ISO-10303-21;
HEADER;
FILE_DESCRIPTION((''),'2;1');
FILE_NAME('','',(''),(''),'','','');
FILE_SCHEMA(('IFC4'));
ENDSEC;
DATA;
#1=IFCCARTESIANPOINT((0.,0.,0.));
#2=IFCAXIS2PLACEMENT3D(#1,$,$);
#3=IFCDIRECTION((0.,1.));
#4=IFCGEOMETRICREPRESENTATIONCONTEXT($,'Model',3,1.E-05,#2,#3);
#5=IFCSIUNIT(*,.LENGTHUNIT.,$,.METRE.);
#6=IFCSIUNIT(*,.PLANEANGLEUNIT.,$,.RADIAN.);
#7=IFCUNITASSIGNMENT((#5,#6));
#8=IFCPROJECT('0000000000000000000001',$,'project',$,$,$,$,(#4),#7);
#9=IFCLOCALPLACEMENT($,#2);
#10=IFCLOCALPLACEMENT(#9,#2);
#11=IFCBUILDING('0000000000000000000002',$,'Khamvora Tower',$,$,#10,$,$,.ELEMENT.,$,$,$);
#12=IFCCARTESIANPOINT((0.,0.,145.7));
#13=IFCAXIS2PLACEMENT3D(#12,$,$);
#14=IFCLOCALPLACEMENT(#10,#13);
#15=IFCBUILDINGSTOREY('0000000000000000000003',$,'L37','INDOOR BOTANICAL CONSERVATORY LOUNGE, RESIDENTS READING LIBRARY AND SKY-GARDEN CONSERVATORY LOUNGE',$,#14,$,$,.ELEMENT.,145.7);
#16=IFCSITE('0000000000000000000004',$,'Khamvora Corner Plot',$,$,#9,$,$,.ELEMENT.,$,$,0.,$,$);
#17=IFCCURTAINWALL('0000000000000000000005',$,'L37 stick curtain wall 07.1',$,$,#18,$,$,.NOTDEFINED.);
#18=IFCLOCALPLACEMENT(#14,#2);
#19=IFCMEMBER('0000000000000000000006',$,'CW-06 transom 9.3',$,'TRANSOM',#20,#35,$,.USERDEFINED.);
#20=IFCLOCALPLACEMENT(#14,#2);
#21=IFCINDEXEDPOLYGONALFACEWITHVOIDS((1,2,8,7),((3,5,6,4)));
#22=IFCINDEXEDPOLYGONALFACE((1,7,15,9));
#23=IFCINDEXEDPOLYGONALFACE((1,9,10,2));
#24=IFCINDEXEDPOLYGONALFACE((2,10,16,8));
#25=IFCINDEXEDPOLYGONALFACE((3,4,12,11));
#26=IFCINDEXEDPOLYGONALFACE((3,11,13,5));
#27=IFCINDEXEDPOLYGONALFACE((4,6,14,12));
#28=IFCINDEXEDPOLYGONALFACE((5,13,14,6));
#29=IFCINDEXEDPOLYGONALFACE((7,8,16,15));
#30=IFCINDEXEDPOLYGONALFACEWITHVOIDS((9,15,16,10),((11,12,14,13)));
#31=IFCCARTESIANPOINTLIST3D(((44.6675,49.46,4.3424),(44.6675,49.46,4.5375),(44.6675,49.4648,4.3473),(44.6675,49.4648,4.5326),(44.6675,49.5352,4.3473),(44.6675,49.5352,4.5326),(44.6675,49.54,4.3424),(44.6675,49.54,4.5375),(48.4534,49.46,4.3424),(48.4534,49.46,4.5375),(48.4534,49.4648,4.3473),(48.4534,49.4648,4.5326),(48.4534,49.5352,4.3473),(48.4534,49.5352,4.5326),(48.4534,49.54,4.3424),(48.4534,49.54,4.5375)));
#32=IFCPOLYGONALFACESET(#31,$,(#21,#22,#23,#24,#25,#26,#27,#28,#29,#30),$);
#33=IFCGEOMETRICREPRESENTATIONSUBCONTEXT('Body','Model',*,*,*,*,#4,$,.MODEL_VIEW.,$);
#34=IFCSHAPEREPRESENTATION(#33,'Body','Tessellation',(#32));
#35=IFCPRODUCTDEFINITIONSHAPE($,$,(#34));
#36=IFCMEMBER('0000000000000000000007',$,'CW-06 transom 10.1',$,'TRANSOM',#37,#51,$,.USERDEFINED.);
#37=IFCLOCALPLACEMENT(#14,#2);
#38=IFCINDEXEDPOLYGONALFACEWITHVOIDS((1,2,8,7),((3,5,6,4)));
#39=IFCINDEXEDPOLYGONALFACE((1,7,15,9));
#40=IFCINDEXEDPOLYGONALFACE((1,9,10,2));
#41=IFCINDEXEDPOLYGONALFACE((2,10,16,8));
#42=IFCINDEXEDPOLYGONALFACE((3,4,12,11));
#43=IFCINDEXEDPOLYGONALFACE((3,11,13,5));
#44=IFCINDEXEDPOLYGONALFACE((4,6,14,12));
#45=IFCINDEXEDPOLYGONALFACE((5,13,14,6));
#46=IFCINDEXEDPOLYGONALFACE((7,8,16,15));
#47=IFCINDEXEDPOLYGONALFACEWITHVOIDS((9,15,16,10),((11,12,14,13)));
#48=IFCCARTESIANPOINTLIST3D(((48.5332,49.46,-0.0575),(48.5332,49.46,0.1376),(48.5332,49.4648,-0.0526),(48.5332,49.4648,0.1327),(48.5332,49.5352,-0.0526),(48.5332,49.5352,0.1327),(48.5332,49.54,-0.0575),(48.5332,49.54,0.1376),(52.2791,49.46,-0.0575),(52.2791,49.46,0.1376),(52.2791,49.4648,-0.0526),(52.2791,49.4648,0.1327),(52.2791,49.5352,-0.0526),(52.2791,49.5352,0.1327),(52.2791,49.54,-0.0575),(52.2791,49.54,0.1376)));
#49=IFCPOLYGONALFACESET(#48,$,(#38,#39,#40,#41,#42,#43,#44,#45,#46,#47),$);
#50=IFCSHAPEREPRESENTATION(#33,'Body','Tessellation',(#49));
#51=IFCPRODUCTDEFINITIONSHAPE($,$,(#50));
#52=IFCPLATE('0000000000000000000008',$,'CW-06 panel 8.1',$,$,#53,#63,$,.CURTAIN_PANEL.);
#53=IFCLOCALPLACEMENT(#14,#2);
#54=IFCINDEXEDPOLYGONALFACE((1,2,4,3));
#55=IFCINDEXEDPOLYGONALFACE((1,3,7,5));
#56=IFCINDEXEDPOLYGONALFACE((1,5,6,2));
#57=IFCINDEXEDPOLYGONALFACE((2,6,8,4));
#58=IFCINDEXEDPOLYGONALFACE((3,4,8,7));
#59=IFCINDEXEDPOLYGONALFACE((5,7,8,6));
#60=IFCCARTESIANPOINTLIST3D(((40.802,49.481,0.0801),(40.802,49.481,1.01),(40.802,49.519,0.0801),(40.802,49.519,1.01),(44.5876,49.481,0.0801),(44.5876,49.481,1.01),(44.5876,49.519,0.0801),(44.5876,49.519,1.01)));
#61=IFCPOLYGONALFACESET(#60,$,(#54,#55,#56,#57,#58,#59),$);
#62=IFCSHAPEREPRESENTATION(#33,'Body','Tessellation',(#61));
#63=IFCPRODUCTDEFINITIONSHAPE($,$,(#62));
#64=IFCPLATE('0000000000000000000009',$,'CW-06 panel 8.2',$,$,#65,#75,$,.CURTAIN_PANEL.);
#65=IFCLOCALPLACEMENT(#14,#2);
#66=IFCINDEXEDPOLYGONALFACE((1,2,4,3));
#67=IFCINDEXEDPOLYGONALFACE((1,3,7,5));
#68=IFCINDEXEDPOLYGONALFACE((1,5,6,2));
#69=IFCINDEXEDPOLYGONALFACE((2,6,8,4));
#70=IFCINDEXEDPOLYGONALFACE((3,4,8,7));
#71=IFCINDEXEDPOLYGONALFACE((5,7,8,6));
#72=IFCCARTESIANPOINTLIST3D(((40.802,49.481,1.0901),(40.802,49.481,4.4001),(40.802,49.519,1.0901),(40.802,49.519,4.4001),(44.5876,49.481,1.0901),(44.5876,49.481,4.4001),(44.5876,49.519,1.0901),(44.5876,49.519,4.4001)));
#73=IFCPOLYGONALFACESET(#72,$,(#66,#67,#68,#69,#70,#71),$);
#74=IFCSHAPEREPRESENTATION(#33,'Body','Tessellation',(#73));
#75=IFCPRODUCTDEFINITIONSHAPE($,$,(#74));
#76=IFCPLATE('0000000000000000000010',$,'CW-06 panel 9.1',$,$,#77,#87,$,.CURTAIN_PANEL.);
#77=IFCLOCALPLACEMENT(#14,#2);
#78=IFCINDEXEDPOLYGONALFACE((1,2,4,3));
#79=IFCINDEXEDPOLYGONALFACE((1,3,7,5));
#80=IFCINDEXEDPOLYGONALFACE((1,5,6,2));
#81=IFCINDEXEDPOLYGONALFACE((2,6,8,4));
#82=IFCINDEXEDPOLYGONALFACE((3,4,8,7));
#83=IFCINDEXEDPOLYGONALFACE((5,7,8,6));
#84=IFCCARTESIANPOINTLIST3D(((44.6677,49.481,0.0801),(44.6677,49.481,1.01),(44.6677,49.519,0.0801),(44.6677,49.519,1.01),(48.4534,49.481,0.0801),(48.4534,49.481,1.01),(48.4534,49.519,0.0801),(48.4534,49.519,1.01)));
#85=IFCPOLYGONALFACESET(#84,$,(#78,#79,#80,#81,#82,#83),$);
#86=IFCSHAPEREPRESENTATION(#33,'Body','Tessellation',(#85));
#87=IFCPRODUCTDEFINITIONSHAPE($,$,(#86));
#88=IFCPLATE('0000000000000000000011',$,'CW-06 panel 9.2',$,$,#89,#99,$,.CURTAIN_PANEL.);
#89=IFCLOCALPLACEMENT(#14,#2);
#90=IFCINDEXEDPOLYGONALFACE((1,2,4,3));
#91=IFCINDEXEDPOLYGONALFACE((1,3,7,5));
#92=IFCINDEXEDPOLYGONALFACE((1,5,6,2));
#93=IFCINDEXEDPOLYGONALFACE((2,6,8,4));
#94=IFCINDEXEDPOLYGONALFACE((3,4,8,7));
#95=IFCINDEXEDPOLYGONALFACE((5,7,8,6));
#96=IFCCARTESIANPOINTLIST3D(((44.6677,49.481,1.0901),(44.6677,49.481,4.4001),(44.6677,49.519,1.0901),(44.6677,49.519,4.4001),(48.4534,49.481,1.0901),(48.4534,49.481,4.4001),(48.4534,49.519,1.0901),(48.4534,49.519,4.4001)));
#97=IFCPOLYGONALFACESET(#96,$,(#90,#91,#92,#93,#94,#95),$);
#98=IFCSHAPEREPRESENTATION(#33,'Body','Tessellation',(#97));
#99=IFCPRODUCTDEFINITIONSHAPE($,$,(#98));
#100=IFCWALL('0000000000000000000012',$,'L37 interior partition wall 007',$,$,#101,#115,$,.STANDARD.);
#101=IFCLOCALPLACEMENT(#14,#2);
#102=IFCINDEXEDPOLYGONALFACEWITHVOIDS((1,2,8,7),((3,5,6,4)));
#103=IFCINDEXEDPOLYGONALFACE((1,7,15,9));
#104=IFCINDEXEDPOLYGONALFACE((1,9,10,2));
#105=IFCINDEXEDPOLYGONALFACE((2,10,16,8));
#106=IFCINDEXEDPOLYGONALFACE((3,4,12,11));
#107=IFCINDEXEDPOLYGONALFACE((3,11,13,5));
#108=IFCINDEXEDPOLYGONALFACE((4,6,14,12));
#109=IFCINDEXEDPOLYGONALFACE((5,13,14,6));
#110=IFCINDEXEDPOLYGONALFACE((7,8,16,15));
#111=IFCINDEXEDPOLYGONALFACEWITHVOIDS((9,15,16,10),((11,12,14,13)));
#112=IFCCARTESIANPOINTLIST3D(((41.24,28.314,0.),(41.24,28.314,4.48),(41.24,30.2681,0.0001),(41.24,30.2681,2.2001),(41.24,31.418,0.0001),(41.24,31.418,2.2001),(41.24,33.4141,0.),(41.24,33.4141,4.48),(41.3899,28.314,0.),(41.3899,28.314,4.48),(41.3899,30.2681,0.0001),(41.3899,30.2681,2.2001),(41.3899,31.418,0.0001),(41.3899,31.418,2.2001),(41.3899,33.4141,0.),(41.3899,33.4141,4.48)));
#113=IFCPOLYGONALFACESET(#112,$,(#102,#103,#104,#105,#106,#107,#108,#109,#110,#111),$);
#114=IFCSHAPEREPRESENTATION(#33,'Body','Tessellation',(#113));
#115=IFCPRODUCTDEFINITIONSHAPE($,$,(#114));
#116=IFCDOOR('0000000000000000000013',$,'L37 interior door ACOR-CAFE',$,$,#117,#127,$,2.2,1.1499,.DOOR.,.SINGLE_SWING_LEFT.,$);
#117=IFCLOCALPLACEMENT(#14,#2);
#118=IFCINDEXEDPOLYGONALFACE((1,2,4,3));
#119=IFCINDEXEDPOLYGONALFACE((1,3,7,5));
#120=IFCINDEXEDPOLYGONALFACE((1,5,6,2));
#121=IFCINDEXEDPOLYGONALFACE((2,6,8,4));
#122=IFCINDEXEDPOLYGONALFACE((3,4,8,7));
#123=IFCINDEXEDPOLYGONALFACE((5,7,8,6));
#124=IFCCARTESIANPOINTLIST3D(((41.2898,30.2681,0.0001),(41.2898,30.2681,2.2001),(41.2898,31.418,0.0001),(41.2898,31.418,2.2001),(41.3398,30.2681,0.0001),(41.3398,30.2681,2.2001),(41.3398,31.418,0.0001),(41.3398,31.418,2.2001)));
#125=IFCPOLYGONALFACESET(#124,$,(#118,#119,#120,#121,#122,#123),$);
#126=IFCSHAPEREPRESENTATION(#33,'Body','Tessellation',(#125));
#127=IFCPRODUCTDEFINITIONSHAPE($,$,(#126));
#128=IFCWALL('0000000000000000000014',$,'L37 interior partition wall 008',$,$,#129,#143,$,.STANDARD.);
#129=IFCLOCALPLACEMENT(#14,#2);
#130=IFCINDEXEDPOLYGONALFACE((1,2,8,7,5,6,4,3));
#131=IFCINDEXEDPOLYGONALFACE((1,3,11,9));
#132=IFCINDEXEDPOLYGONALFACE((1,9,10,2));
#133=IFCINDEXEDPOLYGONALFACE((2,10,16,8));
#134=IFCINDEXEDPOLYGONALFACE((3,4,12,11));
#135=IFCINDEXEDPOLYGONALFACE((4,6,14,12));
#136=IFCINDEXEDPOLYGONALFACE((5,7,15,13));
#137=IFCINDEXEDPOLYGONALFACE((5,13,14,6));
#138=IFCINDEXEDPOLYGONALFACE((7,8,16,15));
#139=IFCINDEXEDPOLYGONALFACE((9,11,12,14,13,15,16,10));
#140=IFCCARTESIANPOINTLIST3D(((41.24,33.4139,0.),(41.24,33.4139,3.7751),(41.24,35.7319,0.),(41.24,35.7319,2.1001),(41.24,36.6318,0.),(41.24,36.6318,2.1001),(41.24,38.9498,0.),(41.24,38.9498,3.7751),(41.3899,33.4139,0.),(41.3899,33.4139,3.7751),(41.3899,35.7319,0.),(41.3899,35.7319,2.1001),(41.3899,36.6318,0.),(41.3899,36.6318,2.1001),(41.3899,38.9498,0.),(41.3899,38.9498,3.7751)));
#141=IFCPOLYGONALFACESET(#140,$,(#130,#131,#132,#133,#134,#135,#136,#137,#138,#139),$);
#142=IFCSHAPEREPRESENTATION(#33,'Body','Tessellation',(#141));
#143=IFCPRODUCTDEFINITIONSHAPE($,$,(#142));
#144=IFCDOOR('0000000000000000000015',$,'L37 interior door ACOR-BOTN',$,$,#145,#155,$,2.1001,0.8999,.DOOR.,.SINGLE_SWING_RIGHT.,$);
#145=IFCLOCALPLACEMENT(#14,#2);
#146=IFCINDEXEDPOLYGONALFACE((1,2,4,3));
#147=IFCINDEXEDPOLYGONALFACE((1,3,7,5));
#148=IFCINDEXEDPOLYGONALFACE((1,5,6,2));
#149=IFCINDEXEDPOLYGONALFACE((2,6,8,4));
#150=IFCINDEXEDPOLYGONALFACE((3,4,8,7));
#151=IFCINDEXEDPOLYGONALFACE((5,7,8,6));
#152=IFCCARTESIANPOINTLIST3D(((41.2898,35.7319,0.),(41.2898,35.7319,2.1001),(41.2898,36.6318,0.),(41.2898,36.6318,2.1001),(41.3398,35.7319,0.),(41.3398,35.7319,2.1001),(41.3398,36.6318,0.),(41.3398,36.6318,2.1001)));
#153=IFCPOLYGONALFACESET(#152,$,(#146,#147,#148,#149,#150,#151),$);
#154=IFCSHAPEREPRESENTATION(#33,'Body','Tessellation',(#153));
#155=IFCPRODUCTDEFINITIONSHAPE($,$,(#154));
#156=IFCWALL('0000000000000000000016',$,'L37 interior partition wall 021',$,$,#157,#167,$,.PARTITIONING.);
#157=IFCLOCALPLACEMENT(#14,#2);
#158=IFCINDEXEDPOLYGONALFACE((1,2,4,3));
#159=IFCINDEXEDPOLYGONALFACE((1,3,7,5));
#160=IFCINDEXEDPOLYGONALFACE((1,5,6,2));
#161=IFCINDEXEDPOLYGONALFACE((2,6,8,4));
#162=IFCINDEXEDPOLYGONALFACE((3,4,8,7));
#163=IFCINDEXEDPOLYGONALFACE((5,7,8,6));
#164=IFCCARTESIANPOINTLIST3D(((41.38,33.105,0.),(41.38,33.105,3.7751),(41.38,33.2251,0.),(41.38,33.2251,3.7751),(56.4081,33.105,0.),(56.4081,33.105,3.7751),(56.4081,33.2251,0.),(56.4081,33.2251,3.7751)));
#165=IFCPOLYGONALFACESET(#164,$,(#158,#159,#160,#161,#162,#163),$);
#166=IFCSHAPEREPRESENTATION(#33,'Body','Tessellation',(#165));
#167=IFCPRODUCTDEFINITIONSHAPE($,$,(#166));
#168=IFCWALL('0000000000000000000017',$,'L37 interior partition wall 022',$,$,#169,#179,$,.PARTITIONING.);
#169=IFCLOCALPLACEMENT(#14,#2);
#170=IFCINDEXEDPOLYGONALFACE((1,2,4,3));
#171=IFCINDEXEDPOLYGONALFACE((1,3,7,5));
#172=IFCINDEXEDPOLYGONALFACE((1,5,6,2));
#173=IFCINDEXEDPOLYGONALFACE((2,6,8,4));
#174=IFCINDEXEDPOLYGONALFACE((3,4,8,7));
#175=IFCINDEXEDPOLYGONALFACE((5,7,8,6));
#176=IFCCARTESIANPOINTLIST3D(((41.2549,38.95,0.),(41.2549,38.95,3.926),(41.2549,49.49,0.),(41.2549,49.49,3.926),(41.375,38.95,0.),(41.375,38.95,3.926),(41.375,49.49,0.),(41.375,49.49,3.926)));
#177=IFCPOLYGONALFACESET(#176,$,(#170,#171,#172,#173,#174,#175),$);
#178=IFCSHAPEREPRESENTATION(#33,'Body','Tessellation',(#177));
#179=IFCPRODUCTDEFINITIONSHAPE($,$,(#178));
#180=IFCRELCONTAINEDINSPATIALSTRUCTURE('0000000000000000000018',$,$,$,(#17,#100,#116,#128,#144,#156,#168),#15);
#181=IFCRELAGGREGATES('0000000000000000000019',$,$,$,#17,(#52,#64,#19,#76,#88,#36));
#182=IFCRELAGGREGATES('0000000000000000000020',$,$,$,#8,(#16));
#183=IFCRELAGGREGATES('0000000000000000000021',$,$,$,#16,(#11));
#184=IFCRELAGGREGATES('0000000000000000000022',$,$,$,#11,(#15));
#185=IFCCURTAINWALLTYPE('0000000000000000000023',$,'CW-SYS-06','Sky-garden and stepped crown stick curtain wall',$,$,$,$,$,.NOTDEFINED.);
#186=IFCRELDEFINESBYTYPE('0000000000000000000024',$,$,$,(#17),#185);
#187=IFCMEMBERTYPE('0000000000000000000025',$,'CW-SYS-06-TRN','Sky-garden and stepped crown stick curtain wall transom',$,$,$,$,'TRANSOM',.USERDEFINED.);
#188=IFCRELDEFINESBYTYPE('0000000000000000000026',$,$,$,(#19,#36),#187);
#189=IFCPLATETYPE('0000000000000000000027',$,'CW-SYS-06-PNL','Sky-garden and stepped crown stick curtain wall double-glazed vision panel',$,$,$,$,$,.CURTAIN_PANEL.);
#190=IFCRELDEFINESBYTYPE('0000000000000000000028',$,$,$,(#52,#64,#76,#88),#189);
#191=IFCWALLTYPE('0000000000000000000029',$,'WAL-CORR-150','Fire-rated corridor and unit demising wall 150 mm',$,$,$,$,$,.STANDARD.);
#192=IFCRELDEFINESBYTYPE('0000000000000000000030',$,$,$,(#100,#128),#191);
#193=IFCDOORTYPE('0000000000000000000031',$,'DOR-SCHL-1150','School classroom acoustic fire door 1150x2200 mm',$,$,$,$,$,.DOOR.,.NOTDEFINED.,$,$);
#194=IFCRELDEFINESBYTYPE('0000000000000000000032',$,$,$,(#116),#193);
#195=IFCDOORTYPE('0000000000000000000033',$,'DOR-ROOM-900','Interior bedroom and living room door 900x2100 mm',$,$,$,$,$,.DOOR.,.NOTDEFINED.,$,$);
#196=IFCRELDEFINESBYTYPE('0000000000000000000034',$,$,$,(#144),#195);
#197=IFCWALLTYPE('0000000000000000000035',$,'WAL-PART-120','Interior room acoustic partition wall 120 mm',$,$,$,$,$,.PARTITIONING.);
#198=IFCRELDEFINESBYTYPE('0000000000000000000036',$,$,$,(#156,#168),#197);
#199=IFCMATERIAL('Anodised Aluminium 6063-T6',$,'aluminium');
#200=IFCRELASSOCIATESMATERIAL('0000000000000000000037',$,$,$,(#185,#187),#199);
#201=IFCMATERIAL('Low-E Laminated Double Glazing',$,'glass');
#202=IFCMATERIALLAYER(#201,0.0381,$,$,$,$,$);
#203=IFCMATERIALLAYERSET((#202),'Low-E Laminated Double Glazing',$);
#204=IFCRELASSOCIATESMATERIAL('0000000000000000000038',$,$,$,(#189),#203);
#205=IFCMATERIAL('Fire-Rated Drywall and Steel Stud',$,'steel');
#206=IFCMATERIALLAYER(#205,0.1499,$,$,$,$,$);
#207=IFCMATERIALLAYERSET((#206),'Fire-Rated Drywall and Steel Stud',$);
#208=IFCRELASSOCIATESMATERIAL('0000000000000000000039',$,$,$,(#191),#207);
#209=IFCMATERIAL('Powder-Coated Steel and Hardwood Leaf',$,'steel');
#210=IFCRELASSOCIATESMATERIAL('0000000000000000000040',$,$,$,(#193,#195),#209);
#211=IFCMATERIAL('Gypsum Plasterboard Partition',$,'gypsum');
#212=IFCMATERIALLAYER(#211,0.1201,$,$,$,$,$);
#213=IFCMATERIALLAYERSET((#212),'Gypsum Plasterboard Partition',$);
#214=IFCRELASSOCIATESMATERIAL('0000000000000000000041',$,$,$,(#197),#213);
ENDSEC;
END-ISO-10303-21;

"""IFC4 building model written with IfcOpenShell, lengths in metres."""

from ifc_helpers import new_model, si_unit, direction, frame, frame_2d, origin, origin_2d, place, context, subcontext, project, spatial, rectangle, hollow_rectangle, extrude, material, layer, layer_set, material_profile, profile_set, type_object, element, fill, aggregate, save


model = new_model("IFC4")

# Units and contexts
model_context = context("Model", 3, precision=1e-05, world=origin(), true_north=direction((0.0, 1.0)))
body_context = subcontext(model_context, "Body", "Model", "MODEL_VIEW")
ifc_project = project(units=[si_unit("LENGTHUNIT", "METRE"), si_unit("PLANEANGLEUNIT", "RADIAN")], contexts=[model_context])

# Site, building, storey
site_placement = place(None, origin())
site = spatial("IfcSite", under=ifc_project, at=site_placement, Name="Khamvora Corner Plot", CompositionType="ELEMENT", RefElevation=0.0)
building_placement = place(site_placement, origin())
building = spatial("IfcBuilding", under=site, at=building_placement, Name="Khamvora Tower", CompositionType="ELEMENT")
storey_placement = place(building_placement, frame((0.0, 0.0, 145.7)))
storey = spatial("IfcBuildingStorey", under=building, at=storey_placement, Name="L37", Description="INDOOR BOTANICAL CONSERVATORY LOUNGE, RESIDENTS READING LIBRARY AND SKY-GARDEN CONSERVATORY LOUNGE", CompositionType="ELEMENT", Elevation=145.7)

# Curtain wall, members, plates
ifc_material_1 = material(Name="Anodised Aluminium 6063-T6", Category="aluminium")
curtain_wall_type = type_object("IfcCurtainWallType", Name="CW-SYS-06", Description="Sky-garden and stepped crown stick curtain wall", PredefinedType="NOTDEFINED", material=ifc_material_1)
curtain_wall_placement = place(storey_placement, origin())
curtain_wall = element("IfcCurtainWall", 1, at=curtain_wall_placement, inside=storey, type_object=curtain_wall_type, Name="L37 stick curtain wall 07.1", PredefinedType="NOTDEFINED")
ifc_material_profile_1 = material_profile(ifc_material_1, hollow_rectangle(XDim=0.0801, YDim=0.1951, WallThickness=0.0049, at=origin_2d()), Name="TRN80x195x5")
ifc_profile_set_1 = profile_set([ifc_material_profile_1], Name="Anodised Aluminium 6063-T6")
member_type_1 = type_object("IfcMemberType", Name="CW-SYS-06-TRN", Description="Sky-garden and stepped crown stick curtain wall transom", ElementType="TRANSOM", PredefinedType="USERDEFINED", material=ifc_profile_set_1)
member_1_placement = place(storey_placement, frame((44.6675, 49.5, 4.4399), z_axis=(1.0, 0.0, 0.0), x_axis=(0.0, 1.0, 0.0)))
member_1 = element("IfcMember", 2, at=member_1_placement, type_object=member_type_1, Name="CW-06 transom 9.3", ObjectType="TRANSOM", PredefinedType="USERDEFINED", context=body_context, shape_type="SweptSolid", body=[
    extrude(hollow_rectangle(XDim=0.0801, YDim=0.1951, WallThickness=0.0049, at=origin_2d()), origin(), (0.0, 0.0, 1.0), 3.7859),
])
member_2_placement = place(storey_placement, frame((48.5332, 49.5, 0.04), z_axis=(1.0, 0.0, 0.0), x_axis=(0.0, 1.0, 0.0)))
member_2 = element("IfcMember", 3, at=member_2_placement, type_object=member_type_1, Name="CW-06 transom 10.1", ObjectType="TRANSOM", PredefinedType="USERDEFINED", context=body_context, shape_type="SweptSolid", body=[
    extrude(hollow_rectangle(XDim=0.0801, YDim=0.1951, WallThickness=0.0049, at=origin_2d()), origin(), (0.0, 0.0, 1.0), 3.7458),
])
ifc_material_2 = material(Name="Low-E Laminated Double Glazing", Category="glass")
ifc_layer_1 = layer(ifc_material_2, 0.0381)
ifc_layer_set_1 = layer_set([ifc_layer_1], Name="Low-E Laminated Double Glazing")
plate_type = type_object("IfcPlateType", Name="CW-SYS-06-PNL", Description="Sky-garden and stepped crown stick curtain wall double-glazed vision panel", PredefinedType="CURTAIN_PANEL", material=ifc_layer_set_1)
plate_1_placement = place(storey_placement, frame((42.6948, 49.5, 0.0801), z_axis=(0.0, 0.0, 1.0), x_axis=(1.0, 0.0, 0.0)))
plate_1 = element("IfcPlate", 4, at=plate_1_placement, type_object=plate_type, Name="CW-06 panel 8.1", PredefinedType="CURTAIN_PANEL", context=body_context, shape_type="SweptSolid", body=[
    extrude(rectangle(XDim=3.7856, YDim=0.0381, at=origin_2d()), origin(), (0.0, 0.0, 1.0), 0.9299),
])
plate_2_placement = place(storey_placement, frame((42.6948, 49.5, 1.0901), z_axis=(0.0, 0.0, 1.0), x_axis=(1.0, 0.0, 0.0)))
plate_2 = element("IfcPlate", 5, at=plate_2_placement, type_object=plate_type, Name="CW-06 panel 8.2", PredefinedType="CURTAIN_PANEL", context=body_context, shape_type="SweptSolid", body=[
    extrude(rectangle(XDim=3.7856, YDim=0.0381, at=origin_2d()), origin(), (0.0, 0.0, 1.0), 3.3101),
])
plate_3_placement = place(storey_placement, frame((46.5605, 49.5, 0.0801), z_axis=(0.0, 0.0, 1.0), x_axis=(1.0, 0.0, 0.0)))
plate_3 = element("IfcPlate", 6, at=plate_3_placement, type_object=plate_type, Name="CW-06 panel 9.1", PredefinedType="CURTAIN_PANEL", context=body_context, shape_type="SweptSolid", body=[
    extrude(rectangle(XDim=3.7856, YDim=0.0381, at=origin_2d()), origin(), (0.0, 0.0, 1.0), 0.9299),
])
plate_4_placement = place(storey_placement, frame((46.5605, 49.5, 1.0901), z_axis=(0.0, 0.0, 1.0), x_axis=(1.0, 0.0, 0.0)))
plate_4 = element("IfcPlate", 7, at=plate_4_placement, type_object=plate_type, Name="CW-06 panel 9.2", PredefinedType="CURTAIN_PANEL", context=body_context, shape_type="SweptSolid", body=[
    extrude(rectangle(XDim=3.7856, YDim=0.0381, at=origin_2d()), origin(), (0.0, 0.0, 1.0), 3.3101),
])
aggregate(curtain_wall, [plate_1, plate_2, member_1, plate_3, plate_4, member_2])

# Walls, openings, doors
ifc_material_3 = material(Name="Fire-Rated Drywall and Steel Stud", Category="steel")
ifc_layer_2 = layer(ifc_material_3, 0.1499)
ifc_layer_set_2 = layer_set([ifc_layer_2], Name="Fire-Rated Drywall and Steel Stud")
wall_type_1 = type_object("IfcWallType", Name="WAL-CORR-150", Description="Fire-rated corridor and unit demising wall 150 mm", PredefinedType="STANDARD", material=ifc_layer_set_2)
wall_1_placement = place(storey_placement, frame((41.3149, 33.4141, 0.0), z_axis=(0.0, 0.0, 1.0), x_axis=(0.0, -1.0, 0.0)))
wall_1 = element("IfcWall", 8, at=wall_1_placement, inside=storey, type_object=wall_type_1, Name="L37 interior partition wall 007", PredefinedType="STANDARD", context=body_context, shape_type="SweptSolid", body=[
    extrude(rectangle(XDim=5.1001, YDim=0.1499, at=frame_2d((2.55, 0.0))), origin(), (0.0, 0.0, 1.0), 4.48),
])
opening_1_placement = place(wall_1_placement, frame((1.9961, 0.0, 0.0)))
opening_1 = element("IfcOpeningElement", 9, at=opening_1_placement, cuts=wall_1, PredefinedType="OPENING", context=body_context, shape_type="SweptSolid", body=[
    extrude(rectangle(XDim=1.1499, YDim=2.2, at=frame_2d((0.575, 1.1001))), frame((0.0, 0.085, 0.0), z_axis=(0.0, -1.0, 0.0), x_axis=(1.0, 0.0, 0.0)), (0.0, 0.0, 1.0), 0.1699),
])
ifc_material_4 = material(Name="Powder-Coated Steel and Hardwood Leaf", Category="steel")
door_type_1 = type_object("IfcDoorType", Name="DOR-SCHL-1150", Description="School classroom acoustic fire door 1150x2200 mm", OperationType="NOTDEFINED", PredefinedType="DOOR", material=ifc_material_4)
door_1_placement = place(opening_1_placement, origin())
door_1 = element("IfcDoor", 10, at=door_1_placement, inside=storey, type_object=door_type_1, Name="L37 interior door ACOR-CAFE", OperationType="SINGLE_SWING_LEFT", OverallHeight=2.2, OverallWidth=1.1499, PredefinedType="DOOR", context=body_context, shape_type="SweptSolid", body=[
    extrude(rectangle(XDim=1.1499, YDim=2.2, at=frame_2d((0.575, 1.1001))), frame((0.0, 0.0249, 0.0), z_axis=(0.0, -1.0, 0.0), x_axis=(1.0, 0.0, 0.0)), (0.0, 0.0, 1.0), 0.05),
])
fill(opening_1, door_1)
wall_2_placement = place(storey_placement, frame((41.3149, 38.95, 0.0), z_axis=(0.0, 0.0, 1.0), x_axis=(0.0, -1.0, 0.0)))
wall_2 = element("IfcWall", 11, at=wall_2_placement, inside=storey, type_object=wall_type_1, Name="L37 interior partition wall 008", PredefinedType="STANDARD", context=body_context, shape_type="SweptSolid", body=[
    extrude(rectangle(XDim=5.5359, YDim=0.1499, at=frame_2d((2.7681, 0.0))), origin(), (0.0, 0.0, 1.0), 3.7751),
])
opening_2_placement = place(wall_2_placement, frame((2.3181, 0.0, 0.0)))
opening_2 = element("IfcOpeningElement", 12, at=opening_2_placement, cuts=wall_2, PredefinedType="OPENING", context=body_context, shape_type="SweptSolid", body=[
    extrude(rectangle(XDim=0.8999, YDim=2.1001, at=frame_2d((0.45, 1.05))), frame((0.0, 0.085, 0.0), z_axis=(0.0, -1.0, 0.0), x_axis=(1.0, 0.0, 0.0)), (0.0, 0.0, 1.0), 0.1699),
])
door_type_2 = type_object("IfcDoorType", Name="DOR-ROOM-900", Description="Interior bedroom and living room door 900x2100 mm", OperationType="NOTDEFINED", PredefinedType="DOOR", material=ifc_material_4)
door_2_placement = place(opening_2_placement, origin())
door_2 = element("IfcDoor", 13, at=door_2_placement, inside=storey, type_object=door_type_2, Name="L37 interior door ACOR-BOTN", OperationType="SINGLE_SWING_RIGHT", OverallHeight=2.1001, OverallWidth=0.8999, PredefinedType="DOOR", context=body_context, shape_type="SweptSolid", body=[
    extrude(rectangle(XDim=0.8999, YDim=2.1001, at=frame_2d((0.45, 1.05))), frame((0.0, 0.0249, 0.0), z_axis=(0.0, -1.0, 0.0), x_axis=(1.0, 0.0, 0.0)), (0.0, 0.0, 1.0), 0.05),
])
fill(opening_2, door_2)

# Walls
ifc_material_5 = material(Name="Gypsum Plasterboard Partition", Category="gypsum")
ifc_layer_3 = layer(ifc_material_5, 0.1201)
ifc_layer_set_3 = layer_set([ifc_layer_3], Name="Gypsum Plasterboard Partition")
wall_type_2 = type_object("IfcWallType", Name="WAL-PART-120", Description="Interior room acoustic partition wall 120 mm", PredefinedType="PARTITIONING", material=ifc_layer_set_3)
wall_3_placement = place(storey_placement, frame((41.3799, 33.165, 0.0), z_axis=(0.0, 0.0, 1.0), x_axis=(1.0, 0.0, 0.0)))
element("IfcWall", 14, at=wall_3_placement, inside=storey, type_object=wall_type_2, Name="L37 interior partition wall 021", PredefinedType="PARTITIONING", context=body_context, shape_type="SweptSolid", body=[
    extrude(rectangle(XDim=15.0281, YDim=0.1201, at=frame_2d((7.5142, 0.0))), origin(), (0.0, 0.0, 1.0), 3.7751),
])
wall_4_placement = place(storey_placement, frame((41.3149, 38.95, 0.0), z_axis=(0.0, 0.0, 1.0), x_axis=(0.0, 1.0, 0.0)))
element("IfcWall", 15, at=wall_4_placement, inside=storey, type_object=wall_type_2, Name="L37 interior partition wall 022", PredefinedType="PARTITIONING", context=body_context, shape_type="SweptSolid", body=[
    extrude(rectangle(XDim=10.54, YDim=0.1201, at=frame_2d((5.27, 0.0))), origin(), (0.0, 0.0, 1.0), 3.926),
])

save(model, "model.ifc")
